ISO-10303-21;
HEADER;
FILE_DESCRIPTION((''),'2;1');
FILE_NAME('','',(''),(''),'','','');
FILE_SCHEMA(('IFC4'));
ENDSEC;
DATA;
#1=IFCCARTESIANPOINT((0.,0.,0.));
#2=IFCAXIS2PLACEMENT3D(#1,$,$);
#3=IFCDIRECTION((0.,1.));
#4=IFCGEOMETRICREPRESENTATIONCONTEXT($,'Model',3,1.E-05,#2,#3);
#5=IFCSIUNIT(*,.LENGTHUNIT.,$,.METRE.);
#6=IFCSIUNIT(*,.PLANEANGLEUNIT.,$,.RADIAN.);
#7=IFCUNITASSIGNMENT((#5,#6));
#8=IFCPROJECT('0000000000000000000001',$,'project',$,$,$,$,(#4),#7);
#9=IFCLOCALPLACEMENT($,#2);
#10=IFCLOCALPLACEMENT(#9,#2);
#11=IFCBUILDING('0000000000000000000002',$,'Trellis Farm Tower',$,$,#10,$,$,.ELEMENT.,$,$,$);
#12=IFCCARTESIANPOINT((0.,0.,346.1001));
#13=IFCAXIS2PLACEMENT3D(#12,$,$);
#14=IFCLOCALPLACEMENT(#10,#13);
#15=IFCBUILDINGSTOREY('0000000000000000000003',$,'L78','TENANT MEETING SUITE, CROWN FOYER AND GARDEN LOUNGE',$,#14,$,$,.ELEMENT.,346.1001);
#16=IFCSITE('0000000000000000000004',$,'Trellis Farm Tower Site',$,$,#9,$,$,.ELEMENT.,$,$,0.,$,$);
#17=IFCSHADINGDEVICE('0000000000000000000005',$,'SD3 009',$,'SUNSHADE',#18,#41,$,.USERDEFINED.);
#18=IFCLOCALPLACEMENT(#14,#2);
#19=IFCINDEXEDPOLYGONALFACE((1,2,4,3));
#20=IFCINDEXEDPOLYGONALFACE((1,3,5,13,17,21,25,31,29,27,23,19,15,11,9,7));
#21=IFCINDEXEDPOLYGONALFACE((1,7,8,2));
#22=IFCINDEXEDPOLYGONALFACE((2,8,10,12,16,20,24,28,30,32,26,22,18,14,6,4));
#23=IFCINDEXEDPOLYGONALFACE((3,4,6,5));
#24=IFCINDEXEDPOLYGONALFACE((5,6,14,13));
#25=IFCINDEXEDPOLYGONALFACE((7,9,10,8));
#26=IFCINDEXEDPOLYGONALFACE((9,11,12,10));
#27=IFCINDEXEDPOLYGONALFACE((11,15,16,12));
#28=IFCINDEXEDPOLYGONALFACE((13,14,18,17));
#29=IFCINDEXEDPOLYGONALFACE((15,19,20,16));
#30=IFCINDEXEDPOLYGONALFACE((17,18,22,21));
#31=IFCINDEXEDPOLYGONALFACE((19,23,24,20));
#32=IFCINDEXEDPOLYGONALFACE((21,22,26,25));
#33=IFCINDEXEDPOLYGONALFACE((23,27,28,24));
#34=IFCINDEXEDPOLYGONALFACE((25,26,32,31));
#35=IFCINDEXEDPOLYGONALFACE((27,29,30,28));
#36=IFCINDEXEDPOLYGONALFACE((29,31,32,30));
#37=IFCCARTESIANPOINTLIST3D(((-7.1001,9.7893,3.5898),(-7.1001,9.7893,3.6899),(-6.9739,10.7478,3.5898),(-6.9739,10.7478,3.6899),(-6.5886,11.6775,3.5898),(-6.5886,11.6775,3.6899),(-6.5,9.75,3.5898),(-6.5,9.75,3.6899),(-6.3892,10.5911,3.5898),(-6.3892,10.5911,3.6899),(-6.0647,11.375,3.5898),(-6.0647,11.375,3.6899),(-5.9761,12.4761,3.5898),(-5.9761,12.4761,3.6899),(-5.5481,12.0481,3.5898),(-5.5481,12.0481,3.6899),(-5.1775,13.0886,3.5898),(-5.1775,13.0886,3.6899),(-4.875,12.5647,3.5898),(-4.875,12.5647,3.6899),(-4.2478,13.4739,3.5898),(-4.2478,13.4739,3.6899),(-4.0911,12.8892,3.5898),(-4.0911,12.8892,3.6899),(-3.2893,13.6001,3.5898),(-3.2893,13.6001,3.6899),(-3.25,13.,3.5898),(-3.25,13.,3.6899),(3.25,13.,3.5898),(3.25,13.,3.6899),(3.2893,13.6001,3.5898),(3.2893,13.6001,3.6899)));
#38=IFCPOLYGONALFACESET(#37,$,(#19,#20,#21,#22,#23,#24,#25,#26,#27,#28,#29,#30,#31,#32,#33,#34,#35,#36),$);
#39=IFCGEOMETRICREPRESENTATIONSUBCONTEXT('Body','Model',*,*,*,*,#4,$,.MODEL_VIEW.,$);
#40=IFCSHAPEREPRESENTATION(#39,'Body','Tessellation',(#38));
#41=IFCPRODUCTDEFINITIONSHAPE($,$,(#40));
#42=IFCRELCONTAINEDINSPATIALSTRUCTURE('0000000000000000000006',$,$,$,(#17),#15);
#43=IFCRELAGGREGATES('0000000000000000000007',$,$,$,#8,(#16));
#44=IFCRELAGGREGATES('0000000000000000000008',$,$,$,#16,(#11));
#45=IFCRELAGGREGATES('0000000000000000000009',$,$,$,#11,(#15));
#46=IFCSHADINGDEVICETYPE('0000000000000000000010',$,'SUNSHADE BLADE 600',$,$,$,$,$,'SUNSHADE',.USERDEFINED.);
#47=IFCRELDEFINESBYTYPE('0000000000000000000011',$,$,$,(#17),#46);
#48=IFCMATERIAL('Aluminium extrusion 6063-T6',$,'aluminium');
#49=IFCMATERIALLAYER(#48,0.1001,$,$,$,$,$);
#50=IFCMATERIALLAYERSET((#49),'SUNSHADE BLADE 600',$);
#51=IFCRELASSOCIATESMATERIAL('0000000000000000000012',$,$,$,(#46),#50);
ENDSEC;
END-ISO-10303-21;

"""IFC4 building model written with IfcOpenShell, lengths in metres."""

from ifc_helpers import new_model, si_unit, direction, frame, origin, place, context, subcontext, project, spatial, polyline, outline, extrude, source, transform, mapped, material, layer, layer_set, type_object, element, save


model = new_model("IFC4")

# Units and contexts
model_context = context("Model", 3, precision=1e-05, world=origin(), true_north=direction((0.0, 1.0)))
body_context = subcontext(model_context, "Body", "Model", "MODEL_VIEW")
ifc_project = project(units=[si_unit("LENGTHUNIT", "METRE"), si_unit("PLANEANGLEUNIT", "RADIAN")], contexts=[model_context])

# Site, building, storey
site_placement = place(None, origin())
site = spatial("IfcSite", under=ifc_project, at=site_placement, Name="Trellis Farm Tower Site", CompositionType="ELEMENT", RefElevation=0.0)
building_placement = place(site_placement, origin())
building = spatial("IfcBuilding", under=site, at=building_placement, Name="Trellis Farm Tower", CompositionType="ELEMENT")
storey_placement = place(building_placement, frame((0.0, 0.0, 346.1001)))
storey = spatial("IfcBuildingStorey", under=building, at=storey_placement, Name="L78", Description="TENANT MEETING SUITE, CROWN FOYER AND GARDEN LOUNGE", CompositionType="ELEMENT", Elevation=346.1001)

# Shared definitions
ifc_material_1 = material(Name="Aluminium extrusion 6063-T6", Category="aluminium")

# Shading device
ifc_layer_1 = layer(ifc_material_1, 0.1001)
ifc_layer_set_1 = layer_set([ifc_layer_1], Name="SUNSHADE BLADE 600")
shading_device_type = type_object("IfcShadingDeviceType", Name="SUNSHADE BLADE 600", ElementType="SUNSHADE", PredefinedType="USERDEFINED", material=ifc_layer_set_1)
placement_1 = place(storey_placement, frame((0.0, 0.0, 3.5898)))
shared_shape_1 = source(origin(), body_context, "Body", "SweptSolid", [
    extrude(outline(polyline([(3.2893, 13.6001), (-3.2893, 13.6001), (-4.2478, 13.4739), (-5.1775, 13.0886), (-5.9761, 12.4761), (-6.5886, 11.6775), (-6.9739, 10.7478), (-7.1001, 9.7893), (-6.5, 9.75), (-6.3892, 10.5911), (-6.0647, 11.375), (-5.5481, 12.0481), (-4.875, 12.5647), (-4.0911, 12.8892), (-3.25, 13.0), (3.25, 13.0), (3.2893, 13.6001)])), origin(), (0.0, 0.0, 1.0), 0.1001),
])
element("IfcShadingDevice", 1, at=placement_1, inside=storey, type_object=shading_device_type, Name="SD3 009", ObjectType="SUNSHADE", PredefinedType="USERDEFINED", context=body_context, shape_type="MappedRepresentation", body=[
    mapped(shared_shape_1, transform((0.0, 0.0, 0.0))),
])

save(model, "model.ifc")
